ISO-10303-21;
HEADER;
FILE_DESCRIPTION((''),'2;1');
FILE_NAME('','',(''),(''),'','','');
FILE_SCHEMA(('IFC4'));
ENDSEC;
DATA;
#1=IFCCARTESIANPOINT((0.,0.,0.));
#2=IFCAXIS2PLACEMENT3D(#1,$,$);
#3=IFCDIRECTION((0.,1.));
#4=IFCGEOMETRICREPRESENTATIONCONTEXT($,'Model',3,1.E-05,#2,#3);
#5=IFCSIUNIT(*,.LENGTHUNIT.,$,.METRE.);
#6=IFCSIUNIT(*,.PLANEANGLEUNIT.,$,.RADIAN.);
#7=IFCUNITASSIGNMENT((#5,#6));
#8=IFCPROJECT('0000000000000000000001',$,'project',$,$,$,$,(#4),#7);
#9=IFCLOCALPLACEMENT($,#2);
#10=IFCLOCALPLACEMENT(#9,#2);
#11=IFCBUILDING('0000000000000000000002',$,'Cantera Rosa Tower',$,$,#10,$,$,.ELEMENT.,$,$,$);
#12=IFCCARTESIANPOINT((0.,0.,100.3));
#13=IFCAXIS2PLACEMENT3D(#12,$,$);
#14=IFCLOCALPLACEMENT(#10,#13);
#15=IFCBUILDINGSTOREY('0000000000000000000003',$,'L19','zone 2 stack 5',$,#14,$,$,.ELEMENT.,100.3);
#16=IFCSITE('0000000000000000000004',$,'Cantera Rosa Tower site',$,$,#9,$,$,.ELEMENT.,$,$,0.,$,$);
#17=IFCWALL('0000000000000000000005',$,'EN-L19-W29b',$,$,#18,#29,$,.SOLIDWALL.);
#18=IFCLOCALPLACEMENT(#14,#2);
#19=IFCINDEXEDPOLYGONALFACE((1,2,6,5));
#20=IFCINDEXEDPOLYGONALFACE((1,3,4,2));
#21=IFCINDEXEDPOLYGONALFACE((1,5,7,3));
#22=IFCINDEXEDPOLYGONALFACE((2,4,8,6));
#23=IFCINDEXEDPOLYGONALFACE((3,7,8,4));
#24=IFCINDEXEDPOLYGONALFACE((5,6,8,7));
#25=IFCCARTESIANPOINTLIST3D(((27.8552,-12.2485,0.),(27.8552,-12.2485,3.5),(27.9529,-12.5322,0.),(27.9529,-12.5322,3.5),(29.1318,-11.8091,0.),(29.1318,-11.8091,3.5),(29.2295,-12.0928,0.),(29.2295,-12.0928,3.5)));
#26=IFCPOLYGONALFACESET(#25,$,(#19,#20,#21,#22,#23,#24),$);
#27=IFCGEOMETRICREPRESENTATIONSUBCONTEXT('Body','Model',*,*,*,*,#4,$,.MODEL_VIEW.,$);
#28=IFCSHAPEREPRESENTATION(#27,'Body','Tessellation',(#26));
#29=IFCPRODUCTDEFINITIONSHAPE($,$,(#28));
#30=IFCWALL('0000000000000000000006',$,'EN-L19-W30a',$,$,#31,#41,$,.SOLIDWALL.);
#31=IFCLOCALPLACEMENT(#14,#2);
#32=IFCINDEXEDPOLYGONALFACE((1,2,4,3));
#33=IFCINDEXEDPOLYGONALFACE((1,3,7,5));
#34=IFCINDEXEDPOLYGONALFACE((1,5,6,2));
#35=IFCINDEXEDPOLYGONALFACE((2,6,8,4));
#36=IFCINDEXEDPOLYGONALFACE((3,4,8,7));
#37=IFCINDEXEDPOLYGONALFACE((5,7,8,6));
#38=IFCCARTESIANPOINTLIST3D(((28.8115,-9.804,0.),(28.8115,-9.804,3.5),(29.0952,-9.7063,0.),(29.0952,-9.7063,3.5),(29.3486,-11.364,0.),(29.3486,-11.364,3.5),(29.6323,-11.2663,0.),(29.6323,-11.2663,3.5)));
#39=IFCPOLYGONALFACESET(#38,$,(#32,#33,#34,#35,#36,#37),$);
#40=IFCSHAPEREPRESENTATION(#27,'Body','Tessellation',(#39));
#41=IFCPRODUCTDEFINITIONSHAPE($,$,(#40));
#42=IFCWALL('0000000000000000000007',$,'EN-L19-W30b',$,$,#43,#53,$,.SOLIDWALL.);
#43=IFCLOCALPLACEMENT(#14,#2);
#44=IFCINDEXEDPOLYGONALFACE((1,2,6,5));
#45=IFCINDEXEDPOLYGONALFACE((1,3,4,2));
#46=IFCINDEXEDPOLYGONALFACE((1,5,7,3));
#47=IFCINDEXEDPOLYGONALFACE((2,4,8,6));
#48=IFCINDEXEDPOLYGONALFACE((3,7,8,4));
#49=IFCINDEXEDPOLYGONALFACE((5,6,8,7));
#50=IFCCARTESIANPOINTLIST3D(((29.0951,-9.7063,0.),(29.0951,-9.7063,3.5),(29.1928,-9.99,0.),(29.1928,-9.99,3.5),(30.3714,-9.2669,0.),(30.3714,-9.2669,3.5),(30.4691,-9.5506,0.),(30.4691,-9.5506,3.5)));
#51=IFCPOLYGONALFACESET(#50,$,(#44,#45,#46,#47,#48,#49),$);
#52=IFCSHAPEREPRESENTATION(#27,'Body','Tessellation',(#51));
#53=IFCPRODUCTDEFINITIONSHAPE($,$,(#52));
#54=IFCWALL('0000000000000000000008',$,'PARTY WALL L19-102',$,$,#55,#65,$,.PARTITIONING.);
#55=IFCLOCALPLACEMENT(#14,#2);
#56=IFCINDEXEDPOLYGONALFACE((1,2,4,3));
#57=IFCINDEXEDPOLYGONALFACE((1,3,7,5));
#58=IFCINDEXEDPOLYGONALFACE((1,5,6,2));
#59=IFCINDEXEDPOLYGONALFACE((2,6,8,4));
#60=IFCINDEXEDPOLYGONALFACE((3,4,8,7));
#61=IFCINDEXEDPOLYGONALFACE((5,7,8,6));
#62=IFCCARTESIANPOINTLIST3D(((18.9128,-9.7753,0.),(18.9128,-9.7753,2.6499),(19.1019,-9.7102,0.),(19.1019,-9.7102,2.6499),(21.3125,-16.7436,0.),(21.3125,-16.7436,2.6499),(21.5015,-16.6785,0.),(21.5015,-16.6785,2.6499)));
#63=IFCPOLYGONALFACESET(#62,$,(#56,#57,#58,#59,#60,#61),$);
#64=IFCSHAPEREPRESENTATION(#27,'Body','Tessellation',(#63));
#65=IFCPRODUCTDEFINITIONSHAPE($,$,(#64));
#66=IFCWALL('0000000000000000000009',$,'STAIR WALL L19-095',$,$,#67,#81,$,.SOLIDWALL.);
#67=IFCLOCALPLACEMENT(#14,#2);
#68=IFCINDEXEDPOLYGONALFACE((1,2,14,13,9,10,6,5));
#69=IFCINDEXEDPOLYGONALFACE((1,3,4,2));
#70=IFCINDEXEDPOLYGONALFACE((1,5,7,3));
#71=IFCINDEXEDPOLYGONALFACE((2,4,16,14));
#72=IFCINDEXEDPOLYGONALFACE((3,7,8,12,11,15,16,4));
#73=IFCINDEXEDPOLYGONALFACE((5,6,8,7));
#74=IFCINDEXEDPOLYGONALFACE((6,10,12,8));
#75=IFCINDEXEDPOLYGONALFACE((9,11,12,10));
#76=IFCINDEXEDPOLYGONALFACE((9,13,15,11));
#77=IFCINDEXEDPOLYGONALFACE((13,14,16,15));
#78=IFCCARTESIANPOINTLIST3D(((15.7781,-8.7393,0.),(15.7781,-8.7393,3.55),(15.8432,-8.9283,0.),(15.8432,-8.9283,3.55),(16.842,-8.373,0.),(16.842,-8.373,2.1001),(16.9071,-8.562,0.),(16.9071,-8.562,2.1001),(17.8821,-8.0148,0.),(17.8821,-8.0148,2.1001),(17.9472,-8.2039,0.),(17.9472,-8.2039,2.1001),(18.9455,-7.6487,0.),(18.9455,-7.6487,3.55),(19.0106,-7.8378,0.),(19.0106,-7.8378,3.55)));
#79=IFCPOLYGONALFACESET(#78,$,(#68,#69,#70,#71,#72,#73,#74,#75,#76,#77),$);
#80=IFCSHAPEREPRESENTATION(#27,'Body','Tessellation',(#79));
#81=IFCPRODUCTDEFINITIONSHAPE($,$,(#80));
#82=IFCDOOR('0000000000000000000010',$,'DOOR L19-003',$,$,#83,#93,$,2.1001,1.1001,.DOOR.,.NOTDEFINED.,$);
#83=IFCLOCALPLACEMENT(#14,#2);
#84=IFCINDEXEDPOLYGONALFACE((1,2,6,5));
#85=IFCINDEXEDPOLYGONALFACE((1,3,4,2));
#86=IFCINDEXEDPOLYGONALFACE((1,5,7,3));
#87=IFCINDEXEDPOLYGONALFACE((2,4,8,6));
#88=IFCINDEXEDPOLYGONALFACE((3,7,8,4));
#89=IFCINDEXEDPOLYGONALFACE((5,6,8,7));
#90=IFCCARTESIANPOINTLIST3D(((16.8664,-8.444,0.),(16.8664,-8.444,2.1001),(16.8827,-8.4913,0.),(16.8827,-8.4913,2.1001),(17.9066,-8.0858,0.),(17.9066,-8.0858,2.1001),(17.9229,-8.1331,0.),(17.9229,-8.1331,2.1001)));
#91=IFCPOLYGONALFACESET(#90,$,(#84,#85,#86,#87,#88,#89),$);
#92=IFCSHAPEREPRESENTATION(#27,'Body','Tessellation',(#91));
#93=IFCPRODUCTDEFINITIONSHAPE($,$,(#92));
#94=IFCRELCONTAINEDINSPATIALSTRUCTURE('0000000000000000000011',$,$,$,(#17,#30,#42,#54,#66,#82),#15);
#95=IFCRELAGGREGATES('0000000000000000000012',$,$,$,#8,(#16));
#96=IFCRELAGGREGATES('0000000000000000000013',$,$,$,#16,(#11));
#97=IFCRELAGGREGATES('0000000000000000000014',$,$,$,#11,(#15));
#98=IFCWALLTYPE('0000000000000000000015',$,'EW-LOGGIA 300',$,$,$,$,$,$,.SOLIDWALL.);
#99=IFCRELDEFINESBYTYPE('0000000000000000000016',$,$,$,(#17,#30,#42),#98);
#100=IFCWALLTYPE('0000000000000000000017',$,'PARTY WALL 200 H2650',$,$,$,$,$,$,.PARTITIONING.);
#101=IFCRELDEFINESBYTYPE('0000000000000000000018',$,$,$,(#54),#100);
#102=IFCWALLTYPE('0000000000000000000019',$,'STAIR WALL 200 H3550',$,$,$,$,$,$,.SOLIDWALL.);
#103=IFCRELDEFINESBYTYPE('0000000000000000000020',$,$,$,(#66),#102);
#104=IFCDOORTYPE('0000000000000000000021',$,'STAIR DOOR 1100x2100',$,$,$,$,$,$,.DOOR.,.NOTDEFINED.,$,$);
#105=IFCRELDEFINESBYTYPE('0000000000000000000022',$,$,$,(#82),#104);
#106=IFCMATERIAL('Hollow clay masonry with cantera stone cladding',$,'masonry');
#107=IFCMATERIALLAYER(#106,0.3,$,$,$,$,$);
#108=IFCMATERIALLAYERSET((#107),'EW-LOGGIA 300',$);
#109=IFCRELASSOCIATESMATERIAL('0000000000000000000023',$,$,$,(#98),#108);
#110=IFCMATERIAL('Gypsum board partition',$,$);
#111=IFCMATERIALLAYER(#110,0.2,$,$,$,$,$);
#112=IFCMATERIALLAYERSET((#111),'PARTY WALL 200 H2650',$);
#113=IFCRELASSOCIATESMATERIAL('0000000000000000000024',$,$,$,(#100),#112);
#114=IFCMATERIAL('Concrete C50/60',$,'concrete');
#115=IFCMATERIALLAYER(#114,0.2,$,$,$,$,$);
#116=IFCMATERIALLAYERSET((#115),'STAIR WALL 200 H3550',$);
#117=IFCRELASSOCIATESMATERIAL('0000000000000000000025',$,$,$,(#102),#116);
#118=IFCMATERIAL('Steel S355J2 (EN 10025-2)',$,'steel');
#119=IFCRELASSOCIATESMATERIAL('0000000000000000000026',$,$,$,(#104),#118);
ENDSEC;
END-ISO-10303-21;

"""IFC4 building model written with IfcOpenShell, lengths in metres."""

from ifc_helpers import new_model, si_unit, direction, frame, frame_2d, origin, place, context, subcontext, project, spatial, rectangle, extrude, material, layer, layer_set, type_object, element, fill, save


model = new_model("IFC4")

# Units and contexts
model_context = context("Model", 3, precision=1e-05, world=origin(), true_north=direction((0.0, 1.0)))
body_context = subcontext(model_context, "Body", "Model", "MODEL_VIEW")
ifc_project = project(units=[si_unit("LENGTHUNIT", "METRE"), si_unit("PLANEANGLEUNIT", "RADIAN")], contexts=[model_context])

# Site, building, storey
site_placement = place(None, origin())
site = spatial("IfcSite", under=ifc_project, at=site_placement, Name="Cantera Rosa Tower site", CompositionType="ELEMENT", RefElevation=0.0)
building_placement = place(site_placement, origin())
building = spatial("IfcBuilding", under=site, at=building_placement, Name="Cantera Rosa Tower", CompositionType="ELEMENT")
storey_placement = place(building_placement, frame((0.0, 0.0, 100.3)))
storey = spatial("IfcBuildingStorey", under=building, at=storey_placement, Name="L19", Description="zone 2 stack 5", CompositionType="ELEMENT", Elevation=100.3)

# Walls
ifc_material_1 = material(Name="Hollow clay masonry with cantera stone cladding", Category="masonry")
ifc_layer_1 = layer(ifc_material_1, 0.3)
ifc_layer_set_1 = layer_set([ifc_layer_1], Name="EW-LOGGIA 300")
wall_type_1 = type_object("IfcWallType", Name="EW-LOGGIA 300", PredefinedType="SOLIDWALL", material=ifc_layer_set_1)
wall_1_placement = place(storey_placement, frame((27.9041, -12.3904, 0.0), z_axis=(0.0, 0.0, 1.0), x_axis=(0.945546, 0.325489, 0.0)))
element("IfcWall", 1, at=wall_1_placement, inside=storey, type_object=wall_type_1, Name="EN-L19-W29b", PredefinedType="SOLIDWALL", context=body_context, shape_type="SweptSolid", body=[
    extrude(rectangle(XDim=1.3501, YDim=0.3, at=frame_2d((0.675, 0.0))), origin(), (0.0, 0.0, 1.0), 3.5),
])
wall_2_placement = place(storey_placement, frame((29.4905, -11.3152, 0.0), z_axis=(0.0, 0.0, 1.0), x_axis=(-0.325535, 0.94553, 0.0)))
element("IfcWall", 2, at=wall_2_placement, inside=storey, type_object=wall_type_1, Name="EN-L19-W30a", PredefinedType="SOLIDWALL", context=body_context, shape_type="SweptSolid", body=[
    extrude(rectangle(XDim=1.6499, YDim=0.3, at=frame_2d((0.825, 0.0))), origin(), (0.0, 0.0, 1.0), 3.5),
])
wall_3_placement = place(storey_placement, frame((29.144, -9.8481, 0.0), z_axis=(0.0, 0.0, 1.0), x_axis=(0.945527, 0.325545, 0.0)))
element("IfcWall", 3, at=wall_3_placement, inside=storey, type_object=wall_type_1, Name="EN-L19-W30b", PredefinedType="SOLIDWALL", context=body_context, shape_type="SweptSolid", body=[
    extrude(rectangle(XDim=1.3499, YDim=0.3, at=frame_2d((0.6748, 0.0))), origin(), (0.0, 0.0, 1.0), 3.5),
])

# Wall
ifc_material_2 = material(Name="Gypsum board partition")
ifc_layer_2 = layer(ifc_material_2, 0.2)
ifc_layer_set_2 = layer_set([ifc_layer_2], Name="PARTY WALL 200 H2650")
wall_type_2 = type_object("IfcWallType", Name="PARTY WALL 200 H2650", PredefinedType="PARTITIONING", material=ifc_layer_set_2)
wall_4_placement = place(storey_placement, frame((19.0073, -9.7427, 0.0), z_axis=(0.0, 0.0, 1.0), x_axis=(0.325604, -0.945506, 0.0)))
element("IfcWall", 4, at=wall_4_placement, inside=storey, type_object=wall_type_2, Name="PARTY WALL L19-102", PredefinedType="PARTITIONING", context=body_context, shape_type="SweptSolid", body=[
    extrude(rectangle(XDim=7.3699, YDim=0.2, at=frame_2d((3.6851, 0.0))), origin(), (0.0, 0.0, 1.0), 2.6499),
])

# Wall, opening, door
ifc_material_3 = material(Name="Concrete C50/60", Category="concrete")
ifc_layer_3 = layer(ifc_material_3, 0.2)
ifc_layer_set_3 = layer_set([ifc_layer_3], Name="STAIR WALL 200 H3550")
wall_type_3 = type_object("IfcWallType", Name="STAIR WALL 200 H3550", PredefinedType="SOLIDWALL", material=ifc_layer_set_3)
wall_5_placement = place(storey_placement, frame((15.8108, -8.8337, 0.0), z_axis=(0.0, 0.0, 1.0), x_axis=(0.945525, 0.325548, 0.0)))
wall_5 = element("IfcWall", 5, at=wall_5_placement, inside=storey, type_object=wall_type_3, Name="STAIR WALL L19-095", PredefinedType="SOLIDWALL", context=body_context, shape_type="SweptSolid", body=[
    extrude(rectangle(XDim=3.3499, YDim=0.2, at=frame_2d((1.6748, 0.0))), origin(), (0.0, 0.0, 1.0), 3.55),
])
opening_1_placement = place(wall_5_placement, frame((1.125, 0.0, 0.0)))
opening_1 = element("IfcOpeningElement", 6, at=opening_1_placement, cuts=wall_5, PredefinedType="OPENING", context=body_context, shape_type="SweptSolid", body=[
    extrude(rectangle(XDim=1.1001, YDim=2.1001, at=frame_2d((0.55, 1.05))), frame((0.0, 0.1099, 0.0), z_axis=(0.0, -1.0, 0.0), x_axis=(1.0, 0.0, 0.0)), (0.0, 0.0, 1.0), 0.22),
])
ifc_material_4 = material(Name="Steel S355J2 (EN 10025-2)", Category="steel")
door_type_1 = type_object("IfcDoorType", Name="STAIR DOOR 1100x2100", OperationType="NOTDEFINED", PredefinedType="DOOR", material=ifc_material_4)
door_1_placement = place(opening_1_placement, origin())
door_1 = element("IfcDoor", 7, at=door_1_placement, inside=storey, type_object=door_type_1, Name="DOOR L19-003", OperationType="NOTDEFINED", OverallHeight=2.1001, OverallWidth=1.1001, PredefinedType="DOOR", context=body_context, shape_type="SweptSolid", body=[
    extrude(rectangle(XDim=1.1001, YDim=2.1001, at=frame_2d((0.55, 1.05))), frame((0.0, 0.0249, 0.0), z_axis=(0.0, -1.0, 0.0), x_axis=(1.0, 0.0, 0.0)), (0.0, 0.0, 1.0), 0.05),
])
fill(opening_1, door_1)

save(model, "model.ifc")
